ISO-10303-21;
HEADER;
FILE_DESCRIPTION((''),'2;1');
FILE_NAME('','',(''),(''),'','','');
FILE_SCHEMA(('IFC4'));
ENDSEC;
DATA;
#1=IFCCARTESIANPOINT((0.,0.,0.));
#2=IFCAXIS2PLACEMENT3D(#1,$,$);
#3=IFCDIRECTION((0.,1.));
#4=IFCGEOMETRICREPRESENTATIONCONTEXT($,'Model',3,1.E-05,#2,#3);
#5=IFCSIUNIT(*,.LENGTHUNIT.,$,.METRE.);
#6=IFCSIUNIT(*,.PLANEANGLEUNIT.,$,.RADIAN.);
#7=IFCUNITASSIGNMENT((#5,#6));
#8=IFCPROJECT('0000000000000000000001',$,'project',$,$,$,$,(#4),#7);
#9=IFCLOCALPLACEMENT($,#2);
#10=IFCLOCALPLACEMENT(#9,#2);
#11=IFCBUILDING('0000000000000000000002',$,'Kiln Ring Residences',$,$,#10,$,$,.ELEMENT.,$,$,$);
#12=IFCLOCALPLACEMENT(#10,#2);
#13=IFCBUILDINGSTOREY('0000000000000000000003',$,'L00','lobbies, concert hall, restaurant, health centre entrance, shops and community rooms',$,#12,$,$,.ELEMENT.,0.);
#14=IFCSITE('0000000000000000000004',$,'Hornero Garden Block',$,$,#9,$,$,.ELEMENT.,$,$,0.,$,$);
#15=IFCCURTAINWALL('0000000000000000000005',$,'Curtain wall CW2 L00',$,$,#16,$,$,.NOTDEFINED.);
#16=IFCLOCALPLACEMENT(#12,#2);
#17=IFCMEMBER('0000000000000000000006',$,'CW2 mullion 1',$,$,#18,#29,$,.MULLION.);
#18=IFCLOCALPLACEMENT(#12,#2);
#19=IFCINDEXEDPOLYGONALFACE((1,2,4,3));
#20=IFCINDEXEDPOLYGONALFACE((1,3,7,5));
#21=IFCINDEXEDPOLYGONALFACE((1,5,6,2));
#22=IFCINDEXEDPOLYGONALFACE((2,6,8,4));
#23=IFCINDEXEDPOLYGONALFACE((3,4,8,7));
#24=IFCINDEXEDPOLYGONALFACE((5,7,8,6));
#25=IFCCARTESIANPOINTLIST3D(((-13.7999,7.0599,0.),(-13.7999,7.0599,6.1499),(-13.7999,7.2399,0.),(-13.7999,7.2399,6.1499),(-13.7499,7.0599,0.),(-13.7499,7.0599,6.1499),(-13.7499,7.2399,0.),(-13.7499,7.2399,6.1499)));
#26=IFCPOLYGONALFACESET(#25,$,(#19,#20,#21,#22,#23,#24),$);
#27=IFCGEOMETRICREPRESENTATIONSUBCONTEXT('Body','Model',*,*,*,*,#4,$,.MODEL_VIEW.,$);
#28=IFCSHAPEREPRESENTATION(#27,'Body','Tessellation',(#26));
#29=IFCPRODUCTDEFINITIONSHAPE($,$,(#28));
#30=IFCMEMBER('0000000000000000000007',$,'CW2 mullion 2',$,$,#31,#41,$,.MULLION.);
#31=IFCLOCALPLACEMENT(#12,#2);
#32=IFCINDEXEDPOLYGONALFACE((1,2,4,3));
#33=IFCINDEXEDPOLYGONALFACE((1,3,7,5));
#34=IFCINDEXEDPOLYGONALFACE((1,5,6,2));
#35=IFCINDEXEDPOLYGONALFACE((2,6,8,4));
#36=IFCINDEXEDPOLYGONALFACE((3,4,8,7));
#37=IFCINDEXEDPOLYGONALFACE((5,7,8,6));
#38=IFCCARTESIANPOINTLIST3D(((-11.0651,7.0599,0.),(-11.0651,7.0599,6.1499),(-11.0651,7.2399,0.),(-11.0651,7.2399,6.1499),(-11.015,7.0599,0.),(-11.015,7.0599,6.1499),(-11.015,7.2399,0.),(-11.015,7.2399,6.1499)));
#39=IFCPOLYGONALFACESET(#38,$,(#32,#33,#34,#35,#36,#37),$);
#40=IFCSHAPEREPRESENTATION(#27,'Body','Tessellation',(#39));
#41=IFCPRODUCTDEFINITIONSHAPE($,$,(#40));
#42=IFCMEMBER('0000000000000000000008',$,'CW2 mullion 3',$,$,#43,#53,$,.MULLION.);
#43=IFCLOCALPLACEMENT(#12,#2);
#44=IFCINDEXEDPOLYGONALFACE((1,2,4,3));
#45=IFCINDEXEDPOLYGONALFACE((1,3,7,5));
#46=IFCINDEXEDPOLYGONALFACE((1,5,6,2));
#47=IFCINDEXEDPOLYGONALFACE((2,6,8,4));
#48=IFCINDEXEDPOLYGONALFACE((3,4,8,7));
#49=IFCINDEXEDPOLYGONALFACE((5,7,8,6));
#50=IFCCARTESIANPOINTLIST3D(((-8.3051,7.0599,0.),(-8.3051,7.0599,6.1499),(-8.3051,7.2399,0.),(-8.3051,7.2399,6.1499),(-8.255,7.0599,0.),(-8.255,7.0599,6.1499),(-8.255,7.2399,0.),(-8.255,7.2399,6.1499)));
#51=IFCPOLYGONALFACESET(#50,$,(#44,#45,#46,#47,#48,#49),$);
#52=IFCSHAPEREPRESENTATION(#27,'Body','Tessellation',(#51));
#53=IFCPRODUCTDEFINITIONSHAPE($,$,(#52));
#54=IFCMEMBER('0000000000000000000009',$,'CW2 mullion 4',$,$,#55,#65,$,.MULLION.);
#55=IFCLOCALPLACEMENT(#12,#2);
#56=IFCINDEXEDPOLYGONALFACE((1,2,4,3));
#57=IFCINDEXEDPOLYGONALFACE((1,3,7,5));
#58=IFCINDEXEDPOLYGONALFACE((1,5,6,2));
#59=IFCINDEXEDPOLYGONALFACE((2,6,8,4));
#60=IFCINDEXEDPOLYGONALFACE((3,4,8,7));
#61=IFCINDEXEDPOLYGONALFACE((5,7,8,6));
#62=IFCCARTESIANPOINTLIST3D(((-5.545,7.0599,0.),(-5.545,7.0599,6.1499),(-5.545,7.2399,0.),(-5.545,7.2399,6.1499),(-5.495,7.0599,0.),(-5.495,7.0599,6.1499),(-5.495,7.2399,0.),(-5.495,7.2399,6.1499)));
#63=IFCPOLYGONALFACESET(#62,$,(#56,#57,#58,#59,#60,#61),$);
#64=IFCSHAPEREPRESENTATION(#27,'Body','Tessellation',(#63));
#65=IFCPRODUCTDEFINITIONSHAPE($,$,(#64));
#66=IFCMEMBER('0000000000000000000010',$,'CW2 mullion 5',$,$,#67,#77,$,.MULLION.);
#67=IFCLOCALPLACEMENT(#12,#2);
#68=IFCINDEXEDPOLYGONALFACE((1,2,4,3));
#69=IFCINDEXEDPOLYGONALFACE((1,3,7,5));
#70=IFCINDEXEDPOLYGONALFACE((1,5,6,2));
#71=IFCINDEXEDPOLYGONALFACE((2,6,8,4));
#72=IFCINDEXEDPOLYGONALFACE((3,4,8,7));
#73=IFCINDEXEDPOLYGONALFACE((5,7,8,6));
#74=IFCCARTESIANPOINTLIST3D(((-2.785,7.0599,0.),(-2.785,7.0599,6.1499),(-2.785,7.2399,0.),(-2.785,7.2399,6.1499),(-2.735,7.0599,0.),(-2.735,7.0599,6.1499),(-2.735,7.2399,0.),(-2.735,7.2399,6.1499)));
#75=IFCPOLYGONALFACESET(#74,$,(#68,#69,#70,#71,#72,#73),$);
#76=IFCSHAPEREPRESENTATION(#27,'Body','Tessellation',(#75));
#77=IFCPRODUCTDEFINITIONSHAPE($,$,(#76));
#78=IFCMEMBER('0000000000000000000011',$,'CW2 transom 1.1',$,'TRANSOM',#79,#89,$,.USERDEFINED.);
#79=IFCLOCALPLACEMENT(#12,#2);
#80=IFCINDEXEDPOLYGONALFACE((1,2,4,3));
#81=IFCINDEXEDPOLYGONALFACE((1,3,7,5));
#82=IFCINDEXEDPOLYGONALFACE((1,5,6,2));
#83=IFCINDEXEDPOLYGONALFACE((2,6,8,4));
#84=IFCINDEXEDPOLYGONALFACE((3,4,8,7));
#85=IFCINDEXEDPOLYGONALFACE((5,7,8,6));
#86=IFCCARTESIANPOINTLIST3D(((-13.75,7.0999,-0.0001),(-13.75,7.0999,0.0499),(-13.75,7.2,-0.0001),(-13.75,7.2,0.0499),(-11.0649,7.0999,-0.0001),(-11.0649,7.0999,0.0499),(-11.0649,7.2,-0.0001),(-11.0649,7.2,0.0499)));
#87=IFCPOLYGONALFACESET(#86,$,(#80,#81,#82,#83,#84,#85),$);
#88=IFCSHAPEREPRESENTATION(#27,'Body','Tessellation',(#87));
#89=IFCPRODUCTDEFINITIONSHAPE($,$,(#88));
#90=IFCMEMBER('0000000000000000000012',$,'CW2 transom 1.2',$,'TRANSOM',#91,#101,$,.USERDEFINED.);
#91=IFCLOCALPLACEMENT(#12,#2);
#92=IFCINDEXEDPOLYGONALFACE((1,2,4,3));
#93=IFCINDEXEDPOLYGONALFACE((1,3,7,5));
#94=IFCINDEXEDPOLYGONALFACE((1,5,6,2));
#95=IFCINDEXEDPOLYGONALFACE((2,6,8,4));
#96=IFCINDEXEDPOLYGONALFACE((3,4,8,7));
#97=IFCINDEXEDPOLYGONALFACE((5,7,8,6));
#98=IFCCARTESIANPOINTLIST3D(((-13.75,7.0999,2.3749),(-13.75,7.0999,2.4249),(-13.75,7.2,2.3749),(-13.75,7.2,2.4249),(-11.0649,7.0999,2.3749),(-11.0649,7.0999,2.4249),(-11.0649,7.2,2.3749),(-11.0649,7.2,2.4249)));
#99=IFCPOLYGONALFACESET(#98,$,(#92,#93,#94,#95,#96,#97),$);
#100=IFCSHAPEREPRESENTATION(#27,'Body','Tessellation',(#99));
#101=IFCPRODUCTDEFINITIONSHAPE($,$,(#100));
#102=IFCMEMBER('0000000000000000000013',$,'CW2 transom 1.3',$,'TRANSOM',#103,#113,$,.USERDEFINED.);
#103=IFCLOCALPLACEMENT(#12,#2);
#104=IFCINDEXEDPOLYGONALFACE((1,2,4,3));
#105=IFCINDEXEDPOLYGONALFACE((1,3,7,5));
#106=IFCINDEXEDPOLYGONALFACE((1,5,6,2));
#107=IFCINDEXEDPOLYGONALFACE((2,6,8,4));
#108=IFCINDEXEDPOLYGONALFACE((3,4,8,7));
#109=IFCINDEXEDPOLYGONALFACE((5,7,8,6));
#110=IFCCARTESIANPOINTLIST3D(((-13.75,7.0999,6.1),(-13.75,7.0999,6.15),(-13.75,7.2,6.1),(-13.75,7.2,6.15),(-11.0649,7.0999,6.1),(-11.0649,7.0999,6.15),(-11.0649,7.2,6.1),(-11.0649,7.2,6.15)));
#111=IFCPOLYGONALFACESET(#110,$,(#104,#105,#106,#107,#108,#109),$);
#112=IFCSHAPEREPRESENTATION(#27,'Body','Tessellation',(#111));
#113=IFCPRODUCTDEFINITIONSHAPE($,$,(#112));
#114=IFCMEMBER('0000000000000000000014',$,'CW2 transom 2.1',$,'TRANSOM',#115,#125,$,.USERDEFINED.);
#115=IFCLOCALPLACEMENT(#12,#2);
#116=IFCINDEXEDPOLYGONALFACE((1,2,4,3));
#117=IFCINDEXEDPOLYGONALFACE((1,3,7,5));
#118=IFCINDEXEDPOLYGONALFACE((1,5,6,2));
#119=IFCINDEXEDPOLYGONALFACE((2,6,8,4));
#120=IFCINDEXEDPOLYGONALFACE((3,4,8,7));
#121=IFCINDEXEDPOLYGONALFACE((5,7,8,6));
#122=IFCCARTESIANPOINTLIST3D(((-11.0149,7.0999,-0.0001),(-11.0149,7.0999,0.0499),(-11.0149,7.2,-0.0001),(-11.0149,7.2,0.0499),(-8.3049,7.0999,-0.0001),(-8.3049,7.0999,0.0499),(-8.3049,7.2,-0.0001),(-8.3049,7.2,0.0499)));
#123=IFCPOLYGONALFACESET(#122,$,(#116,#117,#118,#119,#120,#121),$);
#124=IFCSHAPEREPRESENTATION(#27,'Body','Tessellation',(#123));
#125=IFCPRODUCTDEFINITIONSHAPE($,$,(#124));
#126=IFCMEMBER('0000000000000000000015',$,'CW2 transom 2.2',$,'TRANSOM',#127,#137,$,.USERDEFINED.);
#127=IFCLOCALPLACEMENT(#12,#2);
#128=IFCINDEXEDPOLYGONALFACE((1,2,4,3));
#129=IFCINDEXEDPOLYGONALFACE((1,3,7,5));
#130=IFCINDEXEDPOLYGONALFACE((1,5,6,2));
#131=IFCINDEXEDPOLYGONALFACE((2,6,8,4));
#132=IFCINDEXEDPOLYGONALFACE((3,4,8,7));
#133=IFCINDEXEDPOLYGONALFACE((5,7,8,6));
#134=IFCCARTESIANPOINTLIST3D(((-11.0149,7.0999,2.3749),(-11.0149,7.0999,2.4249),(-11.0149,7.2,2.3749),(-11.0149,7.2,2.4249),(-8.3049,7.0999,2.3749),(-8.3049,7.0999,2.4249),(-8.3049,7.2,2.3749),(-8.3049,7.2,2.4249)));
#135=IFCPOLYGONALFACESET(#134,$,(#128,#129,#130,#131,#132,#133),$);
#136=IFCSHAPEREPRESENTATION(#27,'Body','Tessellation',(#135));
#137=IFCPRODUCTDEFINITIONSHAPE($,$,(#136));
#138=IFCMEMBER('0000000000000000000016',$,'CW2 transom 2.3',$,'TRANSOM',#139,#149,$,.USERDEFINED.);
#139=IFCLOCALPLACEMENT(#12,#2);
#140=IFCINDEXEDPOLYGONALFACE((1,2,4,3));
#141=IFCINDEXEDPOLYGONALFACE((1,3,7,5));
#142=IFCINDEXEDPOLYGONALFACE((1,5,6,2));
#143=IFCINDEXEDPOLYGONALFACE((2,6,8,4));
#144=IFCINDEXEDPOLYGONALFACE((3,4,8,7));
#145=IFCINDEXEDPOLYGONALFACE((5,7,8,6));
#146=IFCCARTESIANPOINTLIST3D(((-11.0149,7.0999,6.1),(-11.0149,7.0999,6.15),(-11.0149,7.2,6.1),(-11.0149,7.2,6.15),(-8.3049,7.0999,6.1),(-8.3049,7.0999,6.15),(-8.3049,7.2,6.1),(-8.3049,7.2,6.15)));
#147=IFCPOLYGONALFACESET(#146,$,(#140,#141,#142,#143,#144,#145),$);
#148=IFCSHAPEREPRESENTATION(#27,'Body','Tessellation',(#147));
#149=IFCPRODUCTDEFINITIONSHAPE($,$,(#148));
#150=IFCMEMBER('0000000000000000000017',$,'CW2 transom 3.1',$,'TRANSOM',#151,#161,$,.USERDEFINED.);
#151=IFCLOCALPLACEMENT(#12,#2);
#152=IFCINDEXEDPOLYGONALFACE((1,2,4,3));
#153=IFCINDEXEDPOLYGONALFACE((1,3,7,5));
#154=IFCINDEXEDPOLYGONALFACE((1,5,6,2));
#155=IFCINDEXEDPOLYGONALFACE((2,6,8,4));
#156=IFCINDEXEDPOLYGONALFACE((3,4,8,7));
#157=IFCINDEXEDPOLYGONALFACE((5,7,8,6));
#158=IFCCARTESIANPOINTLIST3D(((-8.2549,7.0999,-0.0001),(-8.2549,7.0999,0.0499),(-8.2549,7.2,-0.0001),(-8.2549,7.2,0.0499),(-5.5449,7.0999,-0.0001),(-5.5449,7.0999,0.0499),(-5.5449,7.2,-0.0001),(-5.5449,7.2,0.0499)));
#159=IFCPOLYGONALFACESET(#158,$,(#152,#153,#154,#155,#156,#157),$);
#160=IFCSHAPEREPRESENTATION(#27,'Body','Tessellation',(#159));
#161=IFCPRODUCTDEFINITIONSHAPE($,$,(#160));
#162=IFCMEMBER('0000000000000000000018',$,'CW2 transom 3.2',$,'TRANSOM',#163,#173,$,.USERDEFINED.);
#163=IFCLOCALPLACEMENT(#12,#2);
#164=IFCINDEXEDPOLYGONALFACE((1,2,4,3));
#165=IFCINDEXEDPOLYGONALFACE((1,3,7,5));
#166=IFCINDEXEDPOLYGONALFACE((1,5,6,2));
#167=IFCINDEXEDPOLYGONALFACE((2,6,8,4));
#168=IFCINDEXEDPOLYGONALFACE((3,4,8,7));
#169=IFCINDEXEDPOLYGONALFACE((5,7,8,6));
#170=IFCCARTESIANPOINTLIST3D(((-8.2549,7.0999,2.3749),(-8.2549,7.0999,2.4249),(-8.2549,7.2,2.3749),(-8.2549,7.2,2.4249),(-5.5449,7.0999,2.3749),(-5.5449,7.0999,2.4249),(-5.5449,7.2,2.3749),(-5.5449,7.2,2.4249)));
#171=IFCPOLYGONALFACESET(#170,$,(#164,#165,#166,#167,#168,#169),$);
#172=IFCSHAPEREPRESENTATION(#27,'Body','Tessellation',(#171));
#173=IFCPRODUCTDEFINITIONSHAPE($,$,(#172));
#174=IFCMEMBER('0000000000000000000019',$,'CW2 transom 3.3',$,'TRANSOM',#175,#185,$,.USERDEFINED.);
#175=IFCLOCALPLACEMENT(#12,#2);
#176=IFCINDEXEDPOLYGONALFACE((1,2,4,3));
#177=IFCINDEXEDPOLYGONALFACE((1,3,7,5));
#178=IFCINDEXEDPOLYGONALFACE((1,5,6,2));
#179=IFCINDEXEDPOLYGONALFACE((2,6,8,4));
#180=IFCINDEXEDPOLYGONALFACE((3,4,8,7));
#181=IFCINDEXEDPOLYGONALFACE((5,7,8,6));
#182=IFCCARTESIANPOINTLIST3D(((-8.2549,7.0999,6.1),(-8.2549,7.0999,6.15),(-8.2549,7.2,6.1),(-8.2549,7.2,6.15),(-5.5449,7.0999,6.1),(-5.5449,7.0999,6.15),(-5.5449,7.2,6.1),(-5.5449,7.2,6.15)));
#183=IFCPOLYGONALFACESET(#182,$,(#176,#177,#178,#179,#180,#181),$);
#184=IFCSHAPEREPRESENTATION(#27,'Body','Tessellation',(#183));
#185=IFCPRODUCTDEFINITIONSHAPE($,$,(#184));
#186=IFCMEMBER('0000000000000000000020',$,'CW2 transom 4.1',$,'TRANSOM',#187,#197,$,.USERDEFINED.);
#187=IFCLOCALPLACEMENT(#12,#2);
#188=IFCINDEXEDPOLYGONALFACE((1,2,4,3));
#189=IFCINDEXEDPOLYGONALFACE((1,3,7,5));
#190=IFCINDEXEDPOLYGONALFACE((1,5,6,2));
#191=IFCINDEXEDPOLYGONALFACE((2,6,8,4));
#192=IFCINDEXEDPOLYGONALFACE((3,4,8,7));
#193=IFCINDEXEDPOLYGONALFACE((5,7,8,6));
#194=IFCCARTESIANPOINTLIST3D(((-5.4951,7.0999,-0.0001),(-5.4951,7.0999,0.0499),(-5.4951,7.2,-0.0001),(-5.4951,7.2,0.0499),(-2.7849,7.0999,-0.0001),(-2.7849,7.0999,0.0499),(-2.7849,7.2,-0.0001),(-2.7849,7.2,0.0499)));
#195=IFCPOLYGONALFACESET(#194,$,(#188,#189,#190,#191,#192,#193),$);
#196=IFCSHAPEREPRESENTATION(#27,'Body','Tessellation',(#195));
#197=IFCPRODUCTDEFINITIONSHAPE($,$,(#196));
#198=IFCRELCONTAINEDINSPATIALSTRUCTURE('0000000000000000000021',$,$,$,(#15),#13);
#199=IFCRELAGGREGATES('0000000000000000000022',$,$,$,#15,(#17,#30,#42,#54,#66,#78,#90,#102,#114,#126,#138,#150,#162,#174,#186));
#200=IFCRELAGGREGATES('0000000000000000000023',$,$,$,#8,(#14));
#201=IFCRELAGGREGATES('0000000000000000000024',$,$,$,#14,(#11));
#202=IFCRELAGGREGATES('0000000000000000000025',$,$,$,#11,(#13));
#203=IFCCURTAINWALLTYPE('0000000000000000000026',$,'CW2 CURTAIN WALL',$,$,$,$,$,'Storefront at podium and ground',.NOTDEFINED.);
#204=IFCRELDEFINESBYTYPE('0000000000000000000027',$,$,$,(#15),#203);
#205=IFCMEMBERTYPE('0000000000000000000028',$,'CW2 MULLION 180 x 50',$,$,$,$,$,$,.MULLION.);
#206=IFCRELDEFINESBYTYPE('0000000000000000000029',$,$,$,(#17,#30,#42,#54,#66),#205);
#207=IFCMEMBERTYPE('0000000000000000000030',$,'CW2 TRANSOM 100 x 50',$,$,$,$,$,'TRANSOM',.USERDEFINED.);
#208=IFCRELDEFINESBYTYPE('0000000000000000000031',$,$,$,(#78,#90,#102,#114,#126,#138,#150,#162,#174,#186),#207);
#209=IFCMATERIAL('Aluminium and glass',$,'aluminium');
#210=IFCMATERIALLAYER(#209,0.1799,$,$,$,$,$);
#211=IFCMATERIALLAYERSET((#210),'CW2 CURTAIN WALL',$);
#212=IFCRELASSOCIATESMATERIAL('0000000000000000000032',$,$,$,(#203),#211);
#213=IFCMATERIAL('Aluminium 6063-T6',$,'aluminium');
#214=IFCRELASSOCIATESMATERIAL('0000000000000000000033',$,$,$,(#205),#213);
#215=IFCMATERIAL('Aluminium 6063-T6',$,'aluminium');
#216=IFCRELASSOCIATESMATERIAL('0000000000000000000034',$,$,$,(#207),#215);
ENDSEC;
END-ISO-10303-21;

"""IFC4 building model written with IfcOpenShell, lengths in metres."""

from ifc_helpers import new_model, si_unit, direction, frame, origin, origin_2d, place, context, subcontext, project, spatial, rectangle, extrude, material, layer, layer_set, material_profile, profile_set, type_object, element, aggregate, save


model = new_model("IFC4")

# Units and contexts
model_context = context("Model", 3, precision=1e-05, world=origin(), true_north=direction((0.0, 1.0)))
body_context = subcontext(model_context, "Body", "Model", "MODEL_VIEW")
ifc_project = project(units=[si_unit("LENGTHUNIT", "METRE"), si_unit("PLANEANGLEUNIT", "RADIAN")], contexts=[model_context])

# Site, building, storey
site_placement = place(None, origin())
site = spatial("IfcSite", under=ifc_project, at=site_placement, Name="Hornero Garden Block", CompositionType="ELEMENT", RefElevation=0.0)
building_placement = place(site_placement, origin())
building = spatial("IfcBuilding", under=site, at=building_placement, Name="Kiln Ring Residences", CompositionType="ELEMENT")
storey_placement = place(building_placement, origin())
storey = spatial("IfcBuildingStorey", under=building, at=storey_placement, Name="L00", Description="lobbies, concert hall, restaurant, health centre entrance, shops and community rooms", CompositionType="ELEMENT", Elevation=0.0)

# Curtain wall, members
ifc_material_1 = material(Name="Aluminium and glass", Category="aluminium")
ifc_layer_1 = layer(ifc_material_1, 0.1799)
ifc_layer_set_1 = layer_set([ifc_layer_1], Name="CW2 CURTAIN WALL")
curtain_wall_type = type_object("IfcCurtainWallType", Name="CW2 CURTAIN WALL", ElementType="Storefront at podium and ground", PredefinedType="NOTDEFINED", material=ifc_layer_set_1)
curtain_wall_placement = place(storey_placement, origin())
curtain_wall = element("IfcCurtainWall", 1, at=curtain_wall_placement, inside=storey, type_object=curtain_wall_type, Name="Curtain wall CW2 L00", PredefinedType="NOTDEFINED")
ifc_material_2 = material(Name="Aluminium 6063-T6", Category="aluminium")
ifc_material_profile_1 = material_profile(ifc_material_2, rectangle(XDim=0.1799, YDim=0.05, at=origin_2d()), Name="AL 180x50")
ifc_profile_set_1 = profile_set([ifc_material_profile_1], Name="Aluminium 6063-T6")
member_type_1 = type_object("IfcMemberType", Name="CW2 MULLION 180 x 50", PredefinedType="MULLION", material=ifc_profile_set_1)
member_1_placement = place(storey_placement, frame((-13.7749, 7.1499, 0.0), z_axis=(0.0, 0.0, 1.0), x_axis=(0.0, 1.0, 0.0)))
member_1 = element("IfcMember", 2, at=member_1_placement, type_object=member_type_1, Name="CW2 mullion 1", PredefinedType="MULLION", context=body_context, shape_type="SweptSolid", body=[
    extrude(rectangle(XDim=0.1799, YDim=0.05, at=origin_2d()), origin(), (0.0, 0.0, 1.0), 6.1499),
])
member_2_placement = place(storey_placement, frame((-11.04, 7.1499, 0.0), z_axis=(0.0, 0.0, 1.0), x_axis=(0.0, 1.0, 0.0)))
member_2 = element("IfcMember", 3, at=member_2_placement, type_object=member_type_1, Name="CW2 mullion 2", PredefinedType="MULLION", context=body_context, shape_type="SweptSolid", body=[
    extrude(rectangle(XDim=0.1799, YDim=0.05, at=origin_2d()), origin(), (0.0, 0.0, 1.0), 6.1499),
])
member_3_placement = place(storey_placement, frame((-8.28, 7.1499, 0.0), z_axis=(0.0, 0.0, 1.0), x_axis=(0.0, 1.0, 0.0)))
member_3 = element("IfcMember", 4, at=member_3_placement, type_object=member_type_1, Name="CW2 mullion 3", PredefinedType="MULLION", context=body_context, shape_type="SweptSolid", body=[
    extrude(rectangle(XDim=0.1799, YDim=0.05, at=origin_2d()), origin(), (0.0, 0.0, 1.0), 6.1499),
])
member_4_placement = place(storey_placement, frame((-5.52, 7.1499, 0.0), z_axis=(0.0, 0.0, 1.0), x_axis=(0.0, 1.0, 0.0)))
member_4 = element("IfcMember", 5, at=member_4_placement, type_object=member_type_1, Name="CW2 mullion 4", PredefinedType="MULLION", context=body_context, shape_type="SweptSolid", body=[
    extrude(rectangle(XDim=0.1799, YDim=0.05, at=origin_2d()), origin(), (0.0, 0.0, 1.0), 6.1499),
])
member_5_placement = place(storey_placement, frame((-2.76, 7.1499, 0.0), z_axis=(0.0, 0.0, 1.0), x_axis=(0.0, 1.0, 0.0)))
member_5 = element("IfcMember", 6, at=member_5_placement, type_object=member_type_1, Name="CW2 mullion 5", PredefinedType="MULLION", context=body_context, shape_type="SweptSolid", body=[
    extrude(rectangle(XDim=0.1799, YDim=0.05, at=origin_2d()), origin(), (0.0, 0.0, 1.0), 6.1499),
])
ifc_material_3 = material(Name="Aluminium 6063-T6", Category="aluminium")
ifc_material_profile_2 = material_profile(ifc_material_3, rectangle(XDim=0.1001, YDim=0.05, at=origin_2d()), Name="AL 100x50")
ifc_profile_set_2 = profile_set([ifc_material_profile_2], Name="Aluminium 6063-T6")
member_type_2 = type_object("IfcMemberType", Name="CW2 TRANSOM 100 x 50", ElementType="TRANSOM", PredefinedType="USERDEFINED", material=ifc_profile_set_2)
member_6_placement = place(storey_placement, frame((-13.75, 7.1499, 0.0249), z_axis=(1.0, 0.0, 0.0), x_axis=(0.0, 1.0, 0.0)))
member_6 = element("IfcMember", 7, at=member_6_placement, type_object=member_type_2, Name="CW2 transom 1.1", ObjectType="TRANSOM", PredefinedType="USERDEFINED", context=body_context, shape_type="SweptSolid", body=[
    extrude(rectangle(XDim=0.1001, YDim=0.05, at=origin_2d()), origin(), (0.0, 0.0, 1.0), 2.6851),
])
member_7_placement = place(storey_placement, frame((-13.75, 7.1499, 2.3999), z_axis=(1.0, 0.0, 0.0), x_axis=(0.0, 1.0, 0.0)))
member_7 = element("IfcMember", 8, at=member_7_placement, type_object=member_type_2, Name="CW2 transom 1.2", ObjectType="TRANSOM", PredefinedType="USERDEFINED", context=body_context, shape_type="SweptSolid", body=[
    extrude(rectangle(XDim=0.1001, YDim=0.05, at=origin_2d()), origin(), (0.0, 0.0, 1.0), 2.6851),
])
member_8_placement = place(storey_placement, frame((-13.75, 7.1499, 6.125), z_axis=(1.0, 0.0, 0.0), x_axis=(0.0, 1.0, 0.0)))
member_8 = element("IfcMember", 9, at=member_8_placement, type_object=member_type_2, Name="CW2 transom 1.3", ObjectType="TRANSOM", PredefinedType="USERDEFINED", context=body_context, shape_type="SweptSolid", body=[
    extrude(rectangle(XDim=0.1001, YDim=0.05, at=origin_2d()), origin(), (0.0, 0.0, 1.0), 2.6851),
])
member_9_placement = place(storey_placement, frame((-11.0149, 7.1499, 0.0249), z_axis=(1.0, 0.0, 0.0), x_axis=(0.0, 1.0, 0.0)))
member_9 = element("IfcMember", 10, at=member_9_placement, type_object=member_type_2, Name="CW2 transom 2.1", ObjectType="TRANSOM", PredefinedType="USERDEFINED", context=body_context, shape_type="SweptSolid", body=[
    extrude(rectangle(XDim=0.1001, YDim=0.05, at=origin_2d()), origin(), (0.0, 0.0, 1.0), 2.71),
])
member_10_placement = place(storey_placement, frame((-11.0149, 7.1499, 2.3999), z_axis=(1.0, 0.0, 0.0), x_axis=(0.0, 1.0, 0.0)))
member_10 = element("IfcMember", 11, at=member_10_placement, type_object=member_type_2, Name="CW2 transom 2.2", ObjectType="TRANSOM", PredefinedType="USERDEFINED", context=body_context, shape_type="SweptSolid", body=[
    extrude(rectangle(XDim=0.1001, YDim=0.05, at=origin_2d()), origin(), (0.0, 0.0, 1.0), 2.71),
])
member_11_placement = place(storey_placement, frame((-11.0149, 7.1499, 6.125), z_axis=(1.0, 0.0, 0.0), x_axis=(0.0, 1.0, 0.0)))
member_11 = element("IfcMember", 12, at=member_11_placement, type_object=member_type_2, Name="CW2 transom 2.3", ObjectType="TRANSOM", PredefinedType="USERDEFINED", context=body_context, shape_type="SweptSolid", body=[
    extrude(rectangle(XDim=0.1001, YDim=0.05, at=origin_2d()), origin(), (0.0, 0.0, 1.0), 2.71),
])
member_12_placement = place(storey_placement, frame((-8.2549, 7.1499, 0.0249), z_axis=(1.0, 0.0, 0.0), x_axis=(0.0, 1.0, 0.0)))
member_12 = element("IfcMember", 13, at=member_12_placement, type_object=member_type_2, Name="CW2 transom 3.1", ObjectType="TRANSOM", PredefinedType="USERDEFINED", context=body_context, shape_type="SweptSolid", body=[
    extrude(rectangle(XDim=0.1001, YDim=0.05, at=origin_2d()), origin(), (0.0, 0.0, 1.0), 2.71),
])
member_13_placement = place(storey_placement, frame((-8.2549, 7.1499, 2.3999), z_axis=(1.0, 0.0, 0.0), x_axis=(0.0, 1.0, 0.0)))
member_13 = element("IfcMember", 14, at=member_13_placement, type_object=member_type_2, Name="CW2 transom 3.2", ObjectType="TRANSOM", PredefinedType="USERDEFINED", context=body_context, shape_type="SweptSolid", body=[
    extrude(rectangle(XDim=0.1001, YDim=0.05, at=origin_2d()), origin(), (0.0, 0.0, 1.0), 2.71),
])
member_14_placement = place(storey_placement, frame((-8.2549, 7.1499, 6.125), z_axis=(1.0, 0.0, 0.0), x_axis=(0.0, 1.0, 0.0)))
member_14 = element("IfcMember", 15, at=member_14_placement, type_object=member_type_2, Name="CW2 transom 3.3", ObjectType="TRANSOM", PredefinedType="USERDEFINED", context=body_context, shape_type="SweptSolid", body=[
    extrude(rectangle(XDim=0.1001, YDim=0.05, at=origin_2d()), origin(), (0.0, 0.0, 1.0), 2.71),
])
member_15_placement = place(storey_placement, frame((-5.4951, 7.1499, 0.0249), z_axis=(1.0, 0.0, 0.0), x_axis=(0.0, 1.0, 0.0)))
member_15 = element("IfcMember", 16, at=member_15_placement, type_object=member_type_2, Name="CW2 transom 4.1", ObjectType="TRANSOM", PredefinedType="USERDEFINED", context=body_context, shape_type="SweptSolid", body=[
    extrude(rectangle(XDim=0.1001, YDim=0.05, at=origin_2d()), origin(), (0.0, 0.0, 1.0), 2.7102),
])
aggregate(curtain_wall, [member_1, member_2, member_3, member_4, member_5, member_6, member_7, member_8, member_9, member_10, member_11, member_12, member_13, member_14, member_15])

save(model, "model.ifc")
